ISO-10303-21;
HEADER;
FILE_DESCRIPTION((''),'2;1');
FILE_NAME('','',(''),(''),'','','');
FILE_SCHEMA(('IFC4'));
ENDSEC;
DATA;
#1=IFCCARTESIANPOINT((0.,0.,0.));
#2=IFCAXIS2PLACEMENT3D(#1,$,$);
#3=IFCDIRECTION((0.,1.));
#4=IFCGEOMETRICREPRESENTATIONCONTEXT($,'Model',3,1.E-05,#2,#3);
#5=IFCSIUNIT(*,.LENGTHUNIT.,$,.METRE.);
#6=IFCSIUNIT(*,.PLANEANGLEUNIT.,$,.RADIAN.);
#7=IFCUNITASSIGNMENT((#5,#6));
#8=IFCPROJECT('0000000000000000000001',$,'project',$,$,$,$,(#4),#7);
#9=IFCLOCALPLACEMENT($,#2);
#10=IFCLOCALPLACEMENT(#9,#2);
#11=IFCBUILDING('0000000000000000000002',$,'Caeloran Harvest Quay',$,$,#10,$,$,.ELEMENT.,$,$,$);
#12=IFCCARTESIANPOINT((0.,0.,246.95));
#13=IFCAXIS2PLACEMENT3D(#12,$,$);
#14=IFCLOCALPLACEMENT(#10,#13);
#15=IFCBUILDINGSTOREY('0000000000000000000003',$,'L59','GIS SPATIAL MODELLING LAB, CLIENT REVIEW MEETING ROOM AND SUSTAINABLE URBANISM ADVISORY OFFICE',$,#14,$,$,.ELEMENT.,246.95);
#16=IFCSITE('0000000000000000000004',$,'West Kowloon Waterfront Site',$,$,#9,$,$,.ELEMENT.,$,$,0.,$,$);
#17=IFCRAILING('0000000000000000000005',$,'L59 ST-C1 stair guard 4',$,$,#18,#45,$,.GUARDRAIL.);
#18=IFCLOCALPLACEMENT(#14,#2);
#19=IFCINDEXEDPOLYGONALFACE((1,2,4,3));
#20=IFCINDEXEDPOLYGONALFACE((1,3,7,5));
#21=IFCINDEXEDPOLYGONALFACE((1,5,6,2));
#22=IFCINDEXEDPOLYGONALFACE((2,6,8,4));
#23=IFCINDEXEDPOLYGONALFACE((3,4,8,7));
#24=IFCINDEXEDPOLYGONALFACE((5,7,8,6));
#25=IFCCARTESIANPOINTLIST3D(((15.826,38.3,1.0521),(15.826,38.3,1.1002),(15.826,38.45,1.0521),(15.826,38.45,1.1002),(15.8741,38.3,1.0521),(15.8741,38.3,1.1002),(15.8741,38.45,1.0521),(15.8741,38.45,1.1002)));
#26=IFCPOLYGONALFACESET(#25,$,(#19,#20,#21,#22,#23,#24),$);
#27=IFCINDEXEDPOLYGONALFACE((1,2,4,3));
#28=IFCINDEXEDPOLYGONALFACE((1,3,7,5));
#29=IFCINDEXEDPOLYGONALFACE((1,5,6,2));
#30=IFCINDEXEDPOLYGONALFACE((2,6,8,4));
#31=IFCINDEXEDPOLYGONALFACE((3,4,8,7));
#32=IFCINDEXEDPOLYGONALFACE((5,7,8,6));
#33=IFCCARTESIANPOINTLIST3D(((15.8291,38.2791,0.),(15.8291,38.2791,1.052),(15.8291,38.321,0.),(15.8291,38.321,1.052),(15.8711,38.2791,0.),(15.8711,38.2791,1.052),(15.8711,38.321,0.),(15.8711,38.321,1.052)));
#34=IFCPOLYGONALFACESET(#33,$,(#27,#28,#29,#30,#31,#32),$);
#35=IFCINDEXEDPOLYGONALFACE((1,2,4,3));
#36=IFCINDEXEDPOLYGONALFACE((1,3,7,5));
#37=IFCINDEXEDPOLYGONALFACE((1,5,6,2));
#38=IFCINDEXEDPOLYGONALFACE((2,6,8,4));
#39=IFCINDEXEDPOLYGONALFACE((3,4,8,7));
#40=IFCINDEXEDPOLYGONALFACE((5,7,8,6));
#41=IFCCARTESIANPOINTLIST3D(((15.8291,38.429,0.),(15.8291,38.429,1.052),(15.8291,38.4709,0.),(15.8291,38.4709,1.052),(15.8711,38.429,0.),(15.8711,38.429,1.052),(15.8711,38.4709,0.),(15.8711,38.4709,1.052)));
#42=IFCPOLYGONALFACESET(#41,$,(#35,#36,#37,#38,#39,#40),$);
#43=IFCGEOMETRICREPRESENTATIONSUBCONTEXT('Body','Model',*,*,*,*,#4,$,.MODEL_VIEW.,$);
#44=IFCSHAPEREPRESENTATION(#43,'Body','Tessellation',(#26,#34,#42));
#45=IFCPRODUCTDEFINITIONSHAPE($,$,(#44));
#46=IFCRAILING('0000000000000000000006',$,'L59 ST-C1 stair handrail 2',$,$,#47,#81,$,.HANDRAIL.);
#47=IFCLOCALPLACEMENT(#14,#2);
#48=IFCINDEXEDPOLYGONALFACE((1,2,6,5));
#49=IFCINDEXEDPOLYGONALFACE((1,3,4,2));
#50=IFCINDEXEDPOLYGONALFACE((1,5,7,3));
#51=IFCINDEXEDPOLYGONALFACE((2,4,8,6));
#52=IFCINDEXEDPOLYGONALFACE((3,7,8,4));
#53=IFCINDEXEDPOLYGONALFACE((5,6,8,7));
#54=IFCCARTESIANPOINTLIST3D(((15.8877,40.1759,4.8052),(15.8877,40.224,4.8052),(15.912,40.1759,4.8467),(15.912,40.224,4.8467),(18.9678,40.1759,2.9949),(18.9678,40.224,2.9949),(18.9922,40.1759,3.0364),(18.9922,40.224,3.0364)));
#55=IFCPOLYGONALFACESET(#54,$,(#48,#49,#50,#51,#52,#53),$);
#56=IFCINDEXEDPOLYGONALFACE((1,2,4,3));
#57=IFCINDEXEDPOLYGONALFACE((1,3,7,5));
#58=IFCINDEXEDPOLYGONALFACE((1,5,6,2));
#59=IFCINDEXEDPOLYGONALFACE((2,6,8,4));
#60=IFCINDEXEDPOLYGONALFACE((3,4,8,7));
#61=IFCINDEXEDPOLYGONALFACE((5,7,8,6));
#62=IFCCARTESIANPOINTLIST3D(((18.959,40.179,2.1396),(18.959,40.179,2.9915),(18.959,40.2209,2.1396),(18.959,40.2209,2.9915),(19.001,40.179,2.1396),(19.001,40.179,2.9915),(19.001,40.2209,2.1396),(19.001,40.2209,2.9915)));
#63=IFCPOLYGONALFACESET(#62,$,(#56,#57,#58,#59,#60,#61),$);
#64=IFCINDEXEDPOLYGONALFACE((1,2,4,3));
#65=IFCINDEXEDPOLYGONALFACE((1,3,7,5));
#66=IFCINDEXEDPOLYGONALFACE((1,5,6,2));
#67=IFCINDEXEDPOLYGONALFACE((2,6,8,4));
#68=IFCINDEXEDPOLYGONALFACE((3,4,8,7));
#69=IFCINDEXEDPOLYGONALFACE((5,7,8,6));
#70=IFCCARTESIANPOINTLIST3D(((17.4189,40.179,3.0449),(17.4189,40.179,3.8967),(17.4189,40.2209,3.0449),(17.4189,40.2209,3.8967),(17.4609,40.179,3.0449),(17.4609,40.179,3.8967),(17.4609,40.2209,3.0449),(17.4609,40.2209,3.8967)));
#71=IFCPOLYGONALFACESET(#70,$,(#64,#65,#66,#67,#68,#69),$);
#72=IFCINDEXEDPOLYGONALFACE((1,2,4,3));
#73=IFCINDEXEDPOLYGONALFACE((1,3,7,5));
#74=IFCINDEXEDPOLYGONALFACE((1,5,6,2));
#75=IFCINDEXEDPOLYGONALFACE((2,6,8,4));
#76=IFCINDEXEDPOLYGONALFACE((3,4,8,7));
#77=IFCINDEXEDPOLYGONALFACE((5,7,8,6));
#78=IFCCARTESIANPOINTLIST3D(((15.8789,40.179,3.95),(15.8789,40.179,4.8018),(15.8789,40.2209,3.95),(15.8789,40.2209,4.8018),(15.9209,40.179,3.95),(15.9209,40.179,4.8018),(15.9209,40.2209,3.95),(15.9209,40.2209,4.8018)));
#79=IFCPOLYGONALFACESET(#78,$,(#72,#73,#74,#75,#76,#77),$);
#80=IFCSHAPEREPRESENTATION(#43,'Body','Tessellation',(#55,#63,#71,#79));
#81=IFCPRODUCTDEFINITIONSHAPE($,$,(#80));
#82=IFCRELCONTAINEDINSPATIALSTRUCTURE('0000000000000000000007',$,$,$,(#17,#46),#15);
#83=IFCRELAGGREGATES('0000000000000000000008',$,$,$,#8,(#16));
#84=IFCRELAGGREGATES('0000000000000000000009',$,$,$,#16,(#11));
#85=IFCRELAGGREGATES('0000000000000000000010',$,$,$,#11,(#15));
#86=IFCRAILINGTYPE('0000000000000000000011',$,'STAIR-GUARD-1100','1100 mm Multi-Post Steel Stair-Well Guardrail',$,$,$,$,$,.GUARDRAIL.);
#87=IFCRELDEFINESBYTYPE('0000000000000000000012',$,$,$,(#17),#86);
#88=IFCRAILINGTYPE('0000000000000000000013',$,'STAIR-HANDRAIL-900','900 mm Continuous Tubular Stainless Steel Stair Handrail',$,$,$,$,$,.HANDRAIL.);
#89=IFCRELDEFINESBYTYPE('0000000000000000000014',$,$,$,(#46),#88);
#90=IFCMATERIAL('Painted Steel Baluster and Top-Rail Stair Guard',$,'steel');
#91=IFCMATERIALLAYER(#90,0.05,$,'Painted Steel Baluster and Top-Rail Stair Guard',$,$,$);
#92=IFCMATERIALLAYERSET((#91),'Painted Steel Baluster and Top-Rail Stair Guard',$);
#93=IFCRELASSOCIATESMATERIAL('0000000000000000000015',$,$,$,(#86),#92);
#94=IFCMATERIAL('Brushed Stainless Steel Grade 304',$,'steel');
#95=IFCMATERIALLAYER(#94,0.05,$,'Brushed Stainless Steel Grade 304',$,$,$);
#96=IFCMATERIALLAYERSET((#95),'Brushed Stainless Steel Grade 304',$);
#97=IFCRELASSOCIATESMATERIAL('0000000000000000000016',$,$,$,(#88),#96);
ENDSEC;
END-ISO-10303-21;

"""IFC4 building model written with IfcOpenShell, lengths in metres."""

from ifc_helpers import new_model, si_unit, direction, frame, origin, origin_2d, place, context, subcontext, project, spatial, rectangle, extrude, material, layer, layer_set, type_object, element, save


model = new_model("IFC4")

# Units and contexts
model_context = context("Model", 3, precision=1e-05, world=origin(), true_north=direction((0.0, 1.0)))
body_context = subcontext(model_context, "Body", "Model", "MODEL_VIEW")
ifc_project = project(units=[si_unit("LENGTHUNIT", "METRE"), si_unit("PLANEANGLEUNIT", "RADIAN")], contexts=[model_context])

# Site, building, storey
site_placement = place(None, origin())
site = spatial("IfcSite", under=ifc_project, at=site_placement, Name="West Kowloon Waterfront Site", CompositionType="ELEMENT", RefElevation=0.0)
building_placement = place(site_placement, origin())
building = spatial("IfcBuilding", under=site, at=building_placement, Name="Caeloran Harvest Quay", CompositionType="ELEMENT")
storey_placement = place(building_placement, frame((0.0, 0.0, 246.95)))
storey = spatial("IfcBuildingStorey", under=building, at=storey_placement, Name="L59", Description="GIS SPATIAL MODELLING LAB, CLIENT REVIEW MEETING ROOM AND SUSTAINABLE URBANISM ADVISORY OFFICE", CompositionType="ELEMENT", Elevation=246.95)

# Railings
ifc_material_1 = material(Name="Painted Steel Baluster and Top-Rail Stair Guard", Category="steel")
ifc_layer_1 = layer(ifc_material_1, 0.05, Name="Painted Steel Baluster and Top-Rail Stair Guard")
ifc_layer_set_1 = layer_set([ifc_layer_1], Name="Painted Steel Baluster and Top-Rail Stair Guard")
railing_type_1 = type_object("IfcRailingType", Name="STAIR-GUARD-1100", Description="1100 mm Multi-Post Steel Stair-Well Guardrail", PredefinedType="GUARDRAIL", material=ifc_layer_set_1)
railing_1_placement = place(storey_placement, frame((15.8501, 38.3, 0.0)))
element("IfcRailing", 1, at=railing_1_placement, inside=storey, type_object=railing_type_1, Name="L59 ST-C1 stair guard 4", PredefinedType="GUARDRAIL", context=body_context, shape_type="SweptSolid", body=[
    extrude(rectangle(XDim=0.0481, YDim=0.0481, at=origin_2d()), frame((0.0, 0.0, 1.0762), z_axis=(0.0, 1.0, 0.0), x_axis=(-1.0, 0.0, 0.0)), (0.0, 0.0, 1.0), 0.1499),
    extrude(rectangle(XDim=0.042, YDim=0.042, at=origin_2d()), origin(), (0.0, 0.0, 1.0), 1.052),
    extrude(rectangle(XDim=0.042, YDim=0.042, at=origin_2d()), frame((0.0, 0.1499, 0.0)), (0.0, 0.0, 1.0), 1.052),
])
ifc_material_2 = material(Name="Brushed Stainless Steel Grade 304", Category="steel")
ifc_layer_2 = layer(ifc_material_2, 0.05, Name="Brushed Stainless Steel Grade 304")
ifc_layer_set_2 = layer_set([ifc_layer_2], Name="Brushed Stainless Steel Grade 304")
railing_type_2 = type_object("IfcRailingType", Name="STAIR-HANDRAIL-900", Description="900 mm Continuous Tubular Stainless Steel Stair Handrail", PredefinedType="HANDRAIL", material=ifc_layer_set_2)
railing_2_placement = place(storey_placement, frame((18.98, 40.2, 2.1396)))
element("IfcRailing", 2, at=railing_2_placement, inside=storey, type_object=railing_type_2, Name="L59 ST-C1 stair handrail 2", PredefinedType="HANDRAIL", context=body_context, shape_type="SweptSolid", body=[
    extrude(rectangle(XDim=0.0481, YDim=0.0481, at=origin_2d()), frame((0.0, 0.0, 0.876), z_axis=(-0.862119, 0.0, 0.506707), x_axis=(0.0, -1.0, 0.0)), (0.0, 0.0, 1.0), 3.5728),
    extrude(rectangle(XDim=0.042, YDim=0.042, at=origin_2d()), origin(), (0.0, 0.0, 1.0), 0.8518),
    extrude(rectangle(XDim=0.042, YDim=0.042, at=origin_2d()), frame((-1.54, 0.0, 0.9053)), (0.0, 0.0, 1.0), 0.8518),
    extrude(rectangle(XDim=0.042, YDim=0.042, at=origin_2d()), frame((-3.0801, 0.0, 1.8103)), (0.0, 0.0, 1.0), 0.8518),
])

save(model, "model.ifc")
